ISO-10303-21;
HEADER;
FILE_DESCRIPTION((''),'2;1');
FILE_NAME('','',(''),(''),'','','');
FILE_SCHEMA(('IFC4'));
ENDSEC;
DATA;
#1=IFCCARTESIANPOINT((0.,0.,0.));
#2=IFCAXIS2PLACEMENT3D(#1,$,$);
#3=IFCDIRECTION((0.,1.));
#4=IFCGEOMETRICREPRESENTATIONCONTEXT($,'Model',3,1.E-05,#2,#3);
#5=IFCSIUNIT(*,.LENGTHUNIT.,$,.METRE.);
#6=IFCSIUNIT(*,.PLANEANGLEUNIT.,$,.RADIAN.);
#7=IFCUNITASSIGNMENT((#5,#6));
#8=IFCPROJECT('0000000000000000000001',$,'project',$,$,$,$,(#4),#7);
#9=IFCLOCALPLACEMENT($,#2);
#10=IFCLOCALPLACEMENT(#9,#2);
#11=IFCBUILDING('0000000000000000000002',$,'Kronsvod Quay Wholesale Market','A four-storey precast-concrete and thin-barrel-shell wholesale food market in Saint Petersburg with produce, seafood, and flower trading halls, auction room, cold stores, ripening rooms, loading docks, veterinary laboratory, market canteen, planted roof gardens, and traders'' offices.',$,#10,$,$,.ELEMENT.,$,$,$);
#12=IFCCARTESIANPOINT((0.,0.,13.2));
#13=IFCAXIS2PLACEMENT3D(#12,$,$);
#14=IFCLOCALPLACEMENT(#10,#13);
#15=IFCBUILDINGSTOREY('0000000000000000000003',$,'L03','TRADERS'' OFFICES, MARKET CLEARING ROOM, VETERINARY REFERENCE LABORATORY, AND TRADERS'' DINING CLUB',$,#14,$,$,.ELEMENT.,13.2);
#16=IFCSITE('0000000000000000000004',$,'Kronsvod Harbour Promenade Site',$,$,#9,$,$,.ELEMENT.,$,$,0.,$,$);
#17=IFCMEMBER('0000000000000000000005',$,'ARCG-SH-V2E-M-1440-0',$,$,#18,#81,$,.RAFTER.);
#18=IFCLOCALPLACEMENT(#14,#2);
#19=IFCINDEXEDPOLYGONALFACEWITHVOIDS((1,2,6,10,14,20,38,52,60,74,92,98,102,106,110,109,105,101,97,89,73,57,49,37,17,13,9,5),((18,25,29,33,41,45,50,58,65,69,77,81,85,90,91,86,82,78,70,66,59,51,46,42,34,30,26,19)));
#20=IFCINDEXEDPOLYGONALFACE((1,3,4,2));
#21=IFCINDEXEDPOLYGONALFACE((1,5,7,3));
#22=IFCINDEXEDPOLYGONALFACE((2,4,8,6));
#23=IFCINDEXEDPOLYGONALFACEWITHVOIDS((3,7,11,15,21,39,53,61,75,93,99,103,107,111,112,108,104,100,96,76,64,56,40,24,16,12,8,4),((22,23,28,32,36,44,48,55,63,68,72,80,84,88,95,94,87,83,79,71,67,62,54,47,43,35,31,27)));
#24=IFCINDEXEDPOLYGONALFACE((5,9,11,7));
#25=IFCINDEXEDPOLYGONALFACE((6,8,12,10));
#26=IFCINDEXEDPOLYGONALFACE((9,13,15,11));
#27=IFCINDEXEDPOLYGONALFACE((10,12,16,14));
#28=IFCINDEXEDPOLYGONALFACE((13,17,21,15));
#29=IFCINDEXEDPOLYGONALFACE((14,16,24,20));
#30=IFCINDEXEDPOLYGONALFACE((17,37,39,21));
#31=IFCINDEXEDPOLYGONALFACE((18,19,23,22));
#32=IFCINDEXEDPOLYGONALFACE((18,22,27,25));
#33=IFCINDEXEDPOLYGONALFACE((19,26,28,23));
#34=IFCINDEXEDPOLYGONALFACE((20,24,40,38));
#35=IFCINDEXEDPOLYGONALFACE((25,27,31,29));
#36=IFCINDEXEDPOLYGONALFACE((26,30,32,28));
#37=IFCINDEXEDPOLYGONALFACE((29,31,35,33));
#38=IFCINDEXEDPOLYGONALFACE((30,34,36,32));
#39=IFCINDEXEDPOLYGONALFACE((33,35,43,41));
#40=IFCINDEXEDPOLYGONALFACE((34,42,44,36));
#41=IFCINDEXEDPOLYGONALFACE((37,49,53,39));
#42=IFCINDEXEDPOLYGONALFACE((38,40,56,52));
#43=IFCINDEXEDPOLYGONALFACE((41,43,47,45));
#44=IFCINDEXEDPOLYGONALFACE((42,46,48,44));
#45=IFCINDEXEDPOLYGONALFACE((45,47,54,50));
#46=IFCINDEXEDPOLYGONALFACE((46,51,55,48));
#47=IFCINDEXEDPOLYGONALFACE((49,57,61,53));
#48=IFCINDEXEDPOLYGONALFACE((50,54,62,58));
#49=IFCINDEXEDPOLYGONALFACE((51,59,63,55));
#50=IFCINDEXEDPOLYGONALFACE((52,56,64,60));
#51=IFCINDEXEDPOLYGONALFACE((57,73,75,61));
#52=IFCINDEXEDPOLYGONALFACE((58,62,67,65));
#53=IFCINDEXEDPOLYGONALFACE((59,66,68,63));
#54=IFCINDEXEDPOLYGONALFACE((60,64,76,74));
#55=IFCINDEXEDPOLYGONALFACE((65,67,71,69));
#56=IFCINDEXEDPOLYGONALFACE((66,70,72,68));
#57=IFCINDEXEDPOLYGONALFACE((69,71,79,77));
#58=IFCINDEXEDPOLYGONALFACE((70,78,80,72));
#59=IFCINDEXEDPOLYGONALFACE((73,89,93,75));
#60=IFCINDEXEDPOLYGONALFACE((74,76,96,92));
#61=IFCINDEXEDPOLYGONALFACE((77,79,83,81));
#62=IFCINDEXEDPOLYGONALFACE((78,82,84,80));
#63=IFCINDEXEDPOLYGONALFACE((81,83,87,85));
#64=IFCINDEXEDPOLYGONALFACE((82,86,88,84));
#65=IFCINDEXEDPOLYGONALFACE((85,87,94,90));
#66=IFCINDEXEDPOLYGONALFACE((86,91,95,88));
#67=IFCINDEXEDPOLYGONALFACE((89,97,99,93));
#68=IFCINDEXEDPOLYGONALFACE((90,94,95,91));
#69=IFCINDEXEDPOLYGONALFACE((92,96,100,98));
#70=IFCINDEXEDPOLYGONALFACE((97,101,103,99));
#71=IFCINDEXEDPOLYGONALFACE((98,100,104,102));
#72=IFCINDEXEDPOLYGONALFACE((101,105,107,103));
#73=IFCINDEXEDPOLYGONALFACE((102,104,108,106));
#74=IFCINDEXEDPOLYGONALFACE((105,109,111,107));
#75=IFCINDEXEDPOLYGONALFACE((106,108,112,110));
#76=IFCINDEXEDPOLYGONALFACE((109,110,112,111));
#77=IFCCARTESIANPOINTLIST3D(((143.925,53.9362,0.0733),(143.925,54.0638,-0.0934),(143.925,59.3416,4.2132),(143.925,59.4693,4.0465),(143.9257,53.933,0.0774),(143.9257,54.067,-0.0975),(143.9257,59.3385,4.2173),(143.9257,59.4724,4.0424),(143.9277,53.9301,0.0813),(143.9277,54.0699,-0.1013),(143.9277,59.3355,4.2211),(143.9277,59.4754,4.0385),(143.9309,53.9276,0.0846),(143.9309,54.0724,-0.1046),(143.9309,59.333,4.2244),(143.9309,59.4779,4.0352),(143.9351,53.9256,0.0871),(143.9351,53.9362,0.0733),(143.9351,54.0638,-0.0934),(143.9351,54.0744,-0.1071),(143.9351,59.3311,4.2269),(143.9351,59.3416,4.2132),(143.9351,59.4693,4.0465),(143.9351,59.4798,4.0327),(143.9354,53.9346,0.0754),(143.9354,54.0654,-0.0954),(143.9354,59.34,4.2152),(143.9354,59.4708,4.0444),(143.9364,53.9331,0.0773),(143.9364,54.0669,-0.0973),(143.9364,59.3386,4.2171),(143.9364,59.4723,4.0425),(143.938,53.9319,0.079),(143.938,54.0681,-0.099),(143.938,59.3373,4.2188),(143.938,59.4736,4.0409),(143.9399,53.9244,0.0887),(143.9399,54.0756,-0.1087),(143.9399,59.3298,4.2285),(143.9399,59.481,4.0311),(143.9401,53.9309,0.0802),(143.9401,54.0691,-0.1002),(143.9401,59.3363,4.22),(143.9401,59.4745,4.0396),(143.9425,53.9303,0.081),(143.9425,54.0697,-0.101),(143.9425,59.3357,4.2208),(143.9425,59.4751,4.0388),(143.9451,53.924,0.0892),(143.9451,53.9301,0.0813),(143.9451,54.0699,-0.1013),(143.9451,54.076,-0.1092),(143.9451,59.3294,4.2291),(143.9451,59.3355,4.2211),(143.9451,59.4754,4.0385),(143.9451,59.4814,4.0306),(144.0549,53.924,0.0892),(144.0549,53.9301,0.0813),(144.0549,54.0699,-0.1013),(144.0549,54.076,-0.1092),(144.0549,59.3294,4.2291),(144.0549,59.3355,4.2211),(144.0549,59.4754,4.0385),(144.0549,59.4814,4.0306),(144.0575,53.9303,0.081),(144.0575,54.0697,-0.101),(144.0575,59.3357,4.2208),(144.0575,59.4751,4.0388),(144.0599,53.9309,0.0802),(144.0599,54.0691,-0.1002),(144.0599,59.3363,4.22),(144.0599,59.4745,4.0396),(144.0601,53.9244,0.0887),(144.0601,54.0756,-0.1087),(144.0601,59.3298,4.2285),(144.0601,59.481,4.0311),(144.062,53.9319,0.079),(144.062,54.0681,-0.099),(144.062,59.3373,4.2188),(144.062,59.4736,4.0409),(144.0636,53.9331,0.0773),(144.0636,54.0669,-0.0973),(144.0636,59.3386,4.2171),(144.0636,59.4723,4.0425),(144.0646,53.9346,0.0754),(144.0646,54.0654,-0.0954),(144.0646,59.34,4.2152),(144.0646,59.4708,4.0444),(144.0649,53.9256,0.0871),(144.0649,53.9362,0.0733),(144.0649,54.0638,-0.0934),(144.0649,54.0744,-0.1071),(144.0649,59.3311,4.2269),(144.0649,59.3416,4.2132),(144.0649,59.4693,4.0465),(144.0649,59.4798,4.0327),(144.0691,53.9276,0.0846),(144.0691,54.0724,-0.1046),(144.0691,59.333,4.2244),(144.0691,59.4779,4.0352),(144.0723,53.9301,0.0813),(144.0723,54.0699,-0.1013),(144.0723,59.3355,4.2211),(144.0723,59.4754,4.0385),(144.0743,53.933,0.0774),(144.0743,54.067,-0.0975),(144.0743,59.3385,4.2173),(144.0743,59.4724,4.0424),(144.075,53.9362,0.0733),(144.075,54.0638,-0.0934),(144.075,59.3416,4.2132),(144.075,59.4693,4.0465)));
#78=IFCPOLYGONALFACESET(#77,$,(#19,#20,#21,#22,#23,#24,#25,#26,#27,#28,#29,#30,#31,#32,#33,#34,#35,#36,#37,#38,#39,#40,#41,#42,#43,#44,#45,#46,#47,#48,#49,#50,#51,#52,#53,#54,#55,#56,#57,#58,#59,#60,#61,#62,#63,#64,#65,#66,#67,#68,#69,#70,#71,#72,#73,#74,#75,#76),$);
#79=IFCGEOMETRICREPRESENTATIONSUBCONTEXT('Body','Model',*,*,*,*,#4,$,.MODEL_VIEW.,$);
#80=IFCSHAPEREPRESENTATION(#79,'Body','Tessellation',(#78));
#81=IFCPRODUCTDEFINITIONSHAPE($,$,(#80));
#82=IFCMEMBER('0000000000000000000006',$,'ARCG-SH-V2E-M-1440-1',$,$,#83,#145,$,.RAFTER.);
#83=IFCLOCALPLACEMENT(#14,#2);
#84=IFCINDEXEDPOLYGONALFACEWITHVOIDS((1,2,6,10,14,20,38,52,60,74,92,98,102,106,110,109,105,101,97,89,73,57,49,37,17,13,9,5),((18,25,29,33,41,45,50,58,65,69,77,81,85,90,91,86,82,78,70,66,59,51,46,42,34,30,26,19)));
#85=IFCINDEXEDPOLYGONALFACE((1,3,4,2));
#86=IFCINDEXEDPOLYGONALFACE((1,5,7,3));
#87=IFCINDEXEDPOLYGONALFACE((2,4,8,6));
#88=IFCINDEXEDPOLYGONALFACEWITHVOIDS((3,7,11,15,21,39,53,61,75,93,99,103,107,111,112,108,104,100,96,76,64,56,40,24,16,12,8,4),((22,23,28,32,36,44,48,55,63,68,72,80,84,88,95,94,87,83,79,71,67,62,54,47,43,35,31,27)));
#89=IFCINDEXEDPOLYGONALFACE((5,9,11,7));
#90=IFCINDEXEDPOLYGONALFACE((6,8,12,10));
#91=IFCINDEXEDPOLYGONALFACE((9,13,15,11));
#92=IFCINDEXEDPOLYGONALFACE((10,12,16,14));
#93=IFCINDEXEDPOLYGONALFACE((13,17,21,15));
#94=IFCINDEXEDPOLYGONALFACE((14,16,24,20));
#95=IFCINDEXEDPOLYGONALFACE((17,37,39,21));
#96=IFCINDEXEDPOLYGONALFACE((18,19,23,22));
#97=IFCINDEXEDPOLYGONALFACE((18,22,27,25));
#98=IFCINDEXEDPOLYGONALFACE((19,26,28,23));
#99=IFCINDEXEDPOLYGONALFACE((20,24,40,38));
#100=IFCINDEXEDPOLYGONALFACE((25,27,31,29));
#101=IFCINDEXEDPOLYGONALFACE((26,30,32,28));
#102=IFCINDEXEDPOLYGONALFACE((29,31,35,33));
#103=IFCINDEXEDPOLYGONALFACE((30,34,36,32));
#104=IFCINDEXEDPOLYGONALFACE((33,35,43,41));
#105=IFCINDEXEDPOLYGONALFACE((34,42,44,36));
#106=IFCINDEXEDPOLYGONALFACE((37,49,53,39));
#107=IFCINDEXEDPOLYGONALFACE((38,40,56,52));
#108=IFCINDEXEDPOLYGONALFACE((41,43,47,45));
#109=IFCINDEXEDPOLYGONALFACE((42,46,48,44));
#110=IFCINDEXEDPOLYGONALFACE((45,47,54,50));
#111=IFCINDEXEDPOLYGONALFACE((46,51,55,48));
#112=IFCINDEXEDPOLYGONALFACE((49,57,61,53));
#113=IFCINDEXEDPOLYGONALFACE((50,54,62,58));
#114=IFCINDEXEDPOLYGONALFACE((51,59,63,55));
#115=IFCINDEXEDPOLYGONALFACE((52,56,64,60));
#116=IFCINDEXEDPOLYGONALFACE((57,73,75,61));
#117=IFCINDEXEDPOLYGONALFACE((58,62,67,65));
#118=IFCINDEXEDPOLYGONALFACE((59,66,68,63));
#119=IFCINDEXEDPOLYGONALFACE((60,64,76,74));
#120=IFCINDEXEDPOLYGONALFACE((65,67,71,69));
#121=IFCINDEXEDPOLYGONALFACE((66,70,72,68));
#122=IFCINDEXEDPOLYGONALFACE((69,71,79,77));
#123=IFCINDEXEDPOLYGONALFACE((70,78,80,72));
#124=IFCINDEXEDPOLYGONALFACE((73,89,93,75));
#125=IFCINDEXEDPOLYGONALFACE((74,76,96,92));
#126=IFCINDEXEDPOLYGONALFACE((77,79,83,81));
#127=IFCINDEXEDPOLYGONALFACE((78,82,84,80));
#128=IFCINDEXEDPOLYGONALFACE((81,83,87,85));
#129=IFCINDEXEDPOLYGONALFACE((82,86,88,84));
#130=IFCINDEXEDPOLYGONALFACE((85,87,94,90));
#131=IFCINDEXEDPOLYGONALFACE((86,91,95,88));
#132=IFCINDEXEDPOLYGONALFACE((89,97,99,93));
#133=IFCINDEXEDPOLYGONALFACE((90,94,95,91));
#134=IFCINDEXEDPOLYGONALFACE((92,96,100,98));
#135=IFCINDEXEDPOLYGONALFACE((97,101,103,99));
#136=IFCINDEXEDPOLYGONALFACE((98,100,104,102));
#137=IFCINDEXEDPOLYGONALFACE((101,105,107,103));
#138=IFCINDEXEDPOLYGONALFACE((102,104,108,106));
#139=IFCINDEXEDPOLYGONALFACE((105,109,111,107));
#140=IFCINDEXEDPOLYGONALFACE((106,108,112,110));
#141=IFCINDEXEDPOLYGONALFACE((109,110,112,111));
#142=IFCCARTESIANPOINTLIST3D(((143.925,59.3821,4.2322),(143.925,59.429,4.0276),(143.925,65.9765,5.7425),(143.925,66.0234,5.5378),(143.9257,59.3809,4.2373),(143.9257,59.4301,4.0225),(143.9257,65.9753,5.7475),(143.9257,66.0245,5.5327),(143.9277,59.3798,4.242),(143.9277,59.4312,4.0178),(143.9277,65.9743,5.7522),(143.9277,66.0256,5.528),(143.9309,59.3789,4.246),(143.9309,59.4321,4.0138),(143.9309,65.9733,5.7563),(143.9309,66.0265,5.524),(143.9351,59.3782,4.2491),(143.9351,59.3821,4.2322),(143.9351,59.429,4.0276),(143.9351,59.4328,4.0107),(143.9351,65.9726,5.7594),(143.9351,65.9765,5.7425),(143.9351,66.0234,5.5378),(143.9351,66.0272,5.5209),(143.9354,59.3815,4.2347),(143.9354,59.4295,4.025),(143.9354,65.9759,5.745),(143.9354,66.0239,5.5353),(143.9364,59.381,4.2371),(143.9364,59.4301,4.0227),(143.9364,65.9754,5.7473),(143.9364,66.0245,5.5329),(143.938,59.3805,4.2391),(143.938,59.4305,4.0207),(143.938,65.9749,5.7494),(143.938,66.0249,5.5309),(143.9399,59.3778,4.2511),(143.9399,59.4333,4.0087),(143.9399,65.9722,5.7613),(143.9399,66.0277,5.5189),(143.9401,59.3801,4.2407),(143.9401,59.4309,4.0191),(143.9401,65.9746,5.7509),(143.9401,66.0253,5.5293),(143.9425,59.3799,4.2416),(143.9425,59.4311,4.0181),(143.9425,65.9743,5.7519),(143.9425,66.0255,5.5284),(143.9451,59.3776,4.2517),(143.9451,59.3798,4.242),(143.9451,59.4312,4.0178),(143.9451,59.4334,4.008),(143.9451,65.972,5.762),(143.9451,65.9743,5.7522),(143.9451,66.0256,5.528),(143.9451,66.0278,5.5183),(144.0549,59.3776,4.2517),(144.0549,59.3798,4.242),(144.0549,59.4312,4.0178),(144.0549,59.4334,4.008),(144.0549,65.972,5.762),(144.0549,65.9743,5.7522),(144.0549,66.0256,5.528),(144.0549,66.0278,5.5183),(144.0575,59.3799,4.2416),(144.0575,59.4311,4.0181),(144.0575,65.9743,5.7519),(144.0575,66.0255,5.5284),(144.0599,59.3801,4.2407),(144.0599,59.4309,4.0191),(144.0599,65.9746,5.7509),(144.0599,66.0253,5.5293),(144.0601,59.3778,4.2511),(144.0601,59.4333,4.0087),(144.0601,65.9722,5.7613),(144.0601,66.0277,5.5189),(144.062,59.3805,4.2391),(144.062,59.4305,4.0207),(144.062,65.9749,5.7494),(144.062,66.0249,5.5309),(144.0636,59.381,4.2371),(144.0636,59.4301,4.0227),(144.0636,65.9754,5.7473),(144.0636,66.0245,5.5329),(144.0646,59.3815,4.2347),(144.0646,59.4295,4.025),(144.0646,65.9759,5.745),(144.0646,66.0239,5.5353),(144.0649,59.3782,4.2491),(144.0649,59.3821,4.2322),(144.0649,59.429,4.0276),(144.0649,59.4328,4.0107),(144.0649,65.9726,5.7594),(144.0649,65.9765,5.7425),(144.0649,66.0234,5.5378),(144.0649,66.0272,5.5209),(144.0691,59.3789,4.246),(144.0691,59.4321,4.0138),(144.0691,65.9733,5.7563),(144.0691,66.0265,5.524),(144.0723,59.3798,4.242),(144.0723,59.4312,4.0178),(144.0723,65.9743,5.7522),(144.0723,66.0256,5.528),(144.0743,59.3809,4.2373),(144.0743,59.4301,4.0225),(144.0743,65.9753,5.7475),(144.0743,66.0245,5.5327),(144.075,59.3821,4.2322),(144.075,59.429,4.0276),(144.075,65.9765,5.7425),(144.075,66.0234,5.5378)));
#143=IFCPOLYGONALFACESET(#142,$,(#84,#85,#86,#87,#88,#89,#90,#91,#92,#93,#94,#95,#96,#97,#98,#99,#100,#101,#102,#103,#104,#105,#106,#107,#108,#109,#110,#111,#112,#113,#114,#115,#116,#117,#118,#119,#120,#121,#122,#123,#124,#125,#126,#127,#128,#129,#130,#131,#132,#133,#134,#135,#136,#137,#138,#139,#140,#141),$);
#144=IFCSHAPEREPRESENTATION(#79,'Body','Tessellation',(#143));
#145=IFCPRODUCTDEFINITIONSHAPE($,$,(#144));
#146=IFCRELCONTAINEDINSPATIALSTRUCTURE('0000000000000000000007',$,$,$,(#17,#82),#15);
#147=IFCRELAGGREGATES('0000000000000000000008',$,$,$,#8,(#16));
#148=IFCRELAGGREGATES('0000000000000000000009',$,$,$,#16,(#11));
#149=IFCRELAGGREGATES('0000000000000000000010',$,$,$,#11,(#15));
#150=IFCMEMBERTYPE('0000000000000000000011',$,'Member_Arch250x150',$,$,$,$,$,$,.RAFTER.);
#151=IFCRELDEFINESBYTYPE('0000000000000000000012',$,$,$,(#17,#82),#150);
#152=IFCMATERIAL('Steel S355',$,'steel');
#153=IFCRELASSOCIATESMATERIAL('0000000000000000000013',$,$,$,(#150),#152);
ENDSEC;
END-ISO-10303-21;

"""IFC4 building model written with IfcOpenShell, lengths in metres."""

from ifc_helpers import new_model, si_unit, direction, frame, origin, origin_2d, place, context, subcontext, project, spatial, hollow_rectangle, extrude, material, material_profile, profile_set, type_object, element, save


model = new_model("IFC4")

# Units and contexts
model_context = context("Model", 3, precision=1e-05, world=origin(), true_north=direction((0.0, 1.0)))
body_context = subcontext(model_context, "Body", "Model", "MODEL_VIEW")
ifc_project = project(units=[si_unit("LENGTHUNIT", "METRE"), si_unit("PLANEANGLEUNIT", "RADIAN")], contexts=[model_context])

# Site, building, storey
site_placement = place(None, origin())
site = spatial("IfcSite", under=ifc_project, at=site_placement, Name="Kronsvod Harbour Promenade Site", CompositionType="ELEMENT", RefElevation=0.0)
building_placement = place(site_placement, origin())
building = spatial("IfcBuilding", under=site, at=building_placement, Name="Kronsvod Quay Wholesale Market", Description="A four-storey precast-concrete and thin-barrel-shell wholesale food market in Saint Petersburg with produce, seafood, and flower trading halls, auction room, cold stores, ripening rooms, loading docks, veterinary laboratory, market canteen, planted roof gardens, and traders' offices.", CompositionType="ELEMENT")
storey_placement = place(building_placement, frame((0.0, 0.0, 13.2)))
storey = spatial("IfcBuildingStorey", under=building, at=storey_placement, Name="L03", Description="TRADERS' OFFICES, MARKET CLEARING ROOM, VETERINARY REFERENCE LABORATORY, AND TRADERS' DINING CLUB", CompositionType="ELEMENT", Elevation=13.2)

# Members
ifc_material_1 = material(Name="Steel S355", Category="steel")
ifc_material_profile_1 = material_profile(ifc_material_1, hollow_rectangle(XDim=0.1499, YDim=0.25, WallThickness=0.01, InnerFilletRadius=0.01, OuterFilletRadius=0.02, at=origin_2d()), Name="RHS250x150x10")
ifc_profile_set_1 = profile_set([ifc_material_profile_1], Name="Steel S355")
member_type_1 = type_object("IfcMemberType", Name="Member_Arch250x150", PredefinedType="RAFTER", material=ifc_profile_set_1)
member_1_placement = place(storey_placement, frame((144.0, 54.0, -0.01), z_axis=(0.0, 0.793914, 0.60803), x_axis=(-1.0, 0.0, 0.0)))
element("IfcMember", 1, at=member_1_placement, inside=storey, type_object=member_type_1, Name="ARCG-SH-V2E-M-1440-0", PredefinedType="RAFTER", context=body_context, shape_type="SweptSolid", body=[
    extrude(hollow_rectangle(XDim=0.1499, YDim=0.25, WallThickness=0.01, InnerFilletRadius=0.01, OuterFilletRadius=0.02, at=origin_2d()), origin(), (0.0, 0.0, 1.0), 6.8086),
])
member_2_placement = place(storey_placement, frame((144.0, 59.4055, 4.1299), z_axis=(0.0, 0.974764, 0.223238), x_axis=(-1.0, 0.0, 0.0)))
element("IfcMember", 2, at=member_2_placement, inside=storey, type_object=member_type_1, Name="ARCG-SH-V2E-M-1440-1", PredefinedType="RAFTER", context=body_context, shape_type="SweptSolid", body=[
    extrude(hollow_rectangle(XDim=0.1499, YDim=0.25, WallThickness=0.01, InnerFilletRadius=0.01, OuterFilletRadius=0.02, at=origin_2d()), origin(), (0.0, 0.0, 1.0), 6.7651),
])

save(model, "model.ifc")
